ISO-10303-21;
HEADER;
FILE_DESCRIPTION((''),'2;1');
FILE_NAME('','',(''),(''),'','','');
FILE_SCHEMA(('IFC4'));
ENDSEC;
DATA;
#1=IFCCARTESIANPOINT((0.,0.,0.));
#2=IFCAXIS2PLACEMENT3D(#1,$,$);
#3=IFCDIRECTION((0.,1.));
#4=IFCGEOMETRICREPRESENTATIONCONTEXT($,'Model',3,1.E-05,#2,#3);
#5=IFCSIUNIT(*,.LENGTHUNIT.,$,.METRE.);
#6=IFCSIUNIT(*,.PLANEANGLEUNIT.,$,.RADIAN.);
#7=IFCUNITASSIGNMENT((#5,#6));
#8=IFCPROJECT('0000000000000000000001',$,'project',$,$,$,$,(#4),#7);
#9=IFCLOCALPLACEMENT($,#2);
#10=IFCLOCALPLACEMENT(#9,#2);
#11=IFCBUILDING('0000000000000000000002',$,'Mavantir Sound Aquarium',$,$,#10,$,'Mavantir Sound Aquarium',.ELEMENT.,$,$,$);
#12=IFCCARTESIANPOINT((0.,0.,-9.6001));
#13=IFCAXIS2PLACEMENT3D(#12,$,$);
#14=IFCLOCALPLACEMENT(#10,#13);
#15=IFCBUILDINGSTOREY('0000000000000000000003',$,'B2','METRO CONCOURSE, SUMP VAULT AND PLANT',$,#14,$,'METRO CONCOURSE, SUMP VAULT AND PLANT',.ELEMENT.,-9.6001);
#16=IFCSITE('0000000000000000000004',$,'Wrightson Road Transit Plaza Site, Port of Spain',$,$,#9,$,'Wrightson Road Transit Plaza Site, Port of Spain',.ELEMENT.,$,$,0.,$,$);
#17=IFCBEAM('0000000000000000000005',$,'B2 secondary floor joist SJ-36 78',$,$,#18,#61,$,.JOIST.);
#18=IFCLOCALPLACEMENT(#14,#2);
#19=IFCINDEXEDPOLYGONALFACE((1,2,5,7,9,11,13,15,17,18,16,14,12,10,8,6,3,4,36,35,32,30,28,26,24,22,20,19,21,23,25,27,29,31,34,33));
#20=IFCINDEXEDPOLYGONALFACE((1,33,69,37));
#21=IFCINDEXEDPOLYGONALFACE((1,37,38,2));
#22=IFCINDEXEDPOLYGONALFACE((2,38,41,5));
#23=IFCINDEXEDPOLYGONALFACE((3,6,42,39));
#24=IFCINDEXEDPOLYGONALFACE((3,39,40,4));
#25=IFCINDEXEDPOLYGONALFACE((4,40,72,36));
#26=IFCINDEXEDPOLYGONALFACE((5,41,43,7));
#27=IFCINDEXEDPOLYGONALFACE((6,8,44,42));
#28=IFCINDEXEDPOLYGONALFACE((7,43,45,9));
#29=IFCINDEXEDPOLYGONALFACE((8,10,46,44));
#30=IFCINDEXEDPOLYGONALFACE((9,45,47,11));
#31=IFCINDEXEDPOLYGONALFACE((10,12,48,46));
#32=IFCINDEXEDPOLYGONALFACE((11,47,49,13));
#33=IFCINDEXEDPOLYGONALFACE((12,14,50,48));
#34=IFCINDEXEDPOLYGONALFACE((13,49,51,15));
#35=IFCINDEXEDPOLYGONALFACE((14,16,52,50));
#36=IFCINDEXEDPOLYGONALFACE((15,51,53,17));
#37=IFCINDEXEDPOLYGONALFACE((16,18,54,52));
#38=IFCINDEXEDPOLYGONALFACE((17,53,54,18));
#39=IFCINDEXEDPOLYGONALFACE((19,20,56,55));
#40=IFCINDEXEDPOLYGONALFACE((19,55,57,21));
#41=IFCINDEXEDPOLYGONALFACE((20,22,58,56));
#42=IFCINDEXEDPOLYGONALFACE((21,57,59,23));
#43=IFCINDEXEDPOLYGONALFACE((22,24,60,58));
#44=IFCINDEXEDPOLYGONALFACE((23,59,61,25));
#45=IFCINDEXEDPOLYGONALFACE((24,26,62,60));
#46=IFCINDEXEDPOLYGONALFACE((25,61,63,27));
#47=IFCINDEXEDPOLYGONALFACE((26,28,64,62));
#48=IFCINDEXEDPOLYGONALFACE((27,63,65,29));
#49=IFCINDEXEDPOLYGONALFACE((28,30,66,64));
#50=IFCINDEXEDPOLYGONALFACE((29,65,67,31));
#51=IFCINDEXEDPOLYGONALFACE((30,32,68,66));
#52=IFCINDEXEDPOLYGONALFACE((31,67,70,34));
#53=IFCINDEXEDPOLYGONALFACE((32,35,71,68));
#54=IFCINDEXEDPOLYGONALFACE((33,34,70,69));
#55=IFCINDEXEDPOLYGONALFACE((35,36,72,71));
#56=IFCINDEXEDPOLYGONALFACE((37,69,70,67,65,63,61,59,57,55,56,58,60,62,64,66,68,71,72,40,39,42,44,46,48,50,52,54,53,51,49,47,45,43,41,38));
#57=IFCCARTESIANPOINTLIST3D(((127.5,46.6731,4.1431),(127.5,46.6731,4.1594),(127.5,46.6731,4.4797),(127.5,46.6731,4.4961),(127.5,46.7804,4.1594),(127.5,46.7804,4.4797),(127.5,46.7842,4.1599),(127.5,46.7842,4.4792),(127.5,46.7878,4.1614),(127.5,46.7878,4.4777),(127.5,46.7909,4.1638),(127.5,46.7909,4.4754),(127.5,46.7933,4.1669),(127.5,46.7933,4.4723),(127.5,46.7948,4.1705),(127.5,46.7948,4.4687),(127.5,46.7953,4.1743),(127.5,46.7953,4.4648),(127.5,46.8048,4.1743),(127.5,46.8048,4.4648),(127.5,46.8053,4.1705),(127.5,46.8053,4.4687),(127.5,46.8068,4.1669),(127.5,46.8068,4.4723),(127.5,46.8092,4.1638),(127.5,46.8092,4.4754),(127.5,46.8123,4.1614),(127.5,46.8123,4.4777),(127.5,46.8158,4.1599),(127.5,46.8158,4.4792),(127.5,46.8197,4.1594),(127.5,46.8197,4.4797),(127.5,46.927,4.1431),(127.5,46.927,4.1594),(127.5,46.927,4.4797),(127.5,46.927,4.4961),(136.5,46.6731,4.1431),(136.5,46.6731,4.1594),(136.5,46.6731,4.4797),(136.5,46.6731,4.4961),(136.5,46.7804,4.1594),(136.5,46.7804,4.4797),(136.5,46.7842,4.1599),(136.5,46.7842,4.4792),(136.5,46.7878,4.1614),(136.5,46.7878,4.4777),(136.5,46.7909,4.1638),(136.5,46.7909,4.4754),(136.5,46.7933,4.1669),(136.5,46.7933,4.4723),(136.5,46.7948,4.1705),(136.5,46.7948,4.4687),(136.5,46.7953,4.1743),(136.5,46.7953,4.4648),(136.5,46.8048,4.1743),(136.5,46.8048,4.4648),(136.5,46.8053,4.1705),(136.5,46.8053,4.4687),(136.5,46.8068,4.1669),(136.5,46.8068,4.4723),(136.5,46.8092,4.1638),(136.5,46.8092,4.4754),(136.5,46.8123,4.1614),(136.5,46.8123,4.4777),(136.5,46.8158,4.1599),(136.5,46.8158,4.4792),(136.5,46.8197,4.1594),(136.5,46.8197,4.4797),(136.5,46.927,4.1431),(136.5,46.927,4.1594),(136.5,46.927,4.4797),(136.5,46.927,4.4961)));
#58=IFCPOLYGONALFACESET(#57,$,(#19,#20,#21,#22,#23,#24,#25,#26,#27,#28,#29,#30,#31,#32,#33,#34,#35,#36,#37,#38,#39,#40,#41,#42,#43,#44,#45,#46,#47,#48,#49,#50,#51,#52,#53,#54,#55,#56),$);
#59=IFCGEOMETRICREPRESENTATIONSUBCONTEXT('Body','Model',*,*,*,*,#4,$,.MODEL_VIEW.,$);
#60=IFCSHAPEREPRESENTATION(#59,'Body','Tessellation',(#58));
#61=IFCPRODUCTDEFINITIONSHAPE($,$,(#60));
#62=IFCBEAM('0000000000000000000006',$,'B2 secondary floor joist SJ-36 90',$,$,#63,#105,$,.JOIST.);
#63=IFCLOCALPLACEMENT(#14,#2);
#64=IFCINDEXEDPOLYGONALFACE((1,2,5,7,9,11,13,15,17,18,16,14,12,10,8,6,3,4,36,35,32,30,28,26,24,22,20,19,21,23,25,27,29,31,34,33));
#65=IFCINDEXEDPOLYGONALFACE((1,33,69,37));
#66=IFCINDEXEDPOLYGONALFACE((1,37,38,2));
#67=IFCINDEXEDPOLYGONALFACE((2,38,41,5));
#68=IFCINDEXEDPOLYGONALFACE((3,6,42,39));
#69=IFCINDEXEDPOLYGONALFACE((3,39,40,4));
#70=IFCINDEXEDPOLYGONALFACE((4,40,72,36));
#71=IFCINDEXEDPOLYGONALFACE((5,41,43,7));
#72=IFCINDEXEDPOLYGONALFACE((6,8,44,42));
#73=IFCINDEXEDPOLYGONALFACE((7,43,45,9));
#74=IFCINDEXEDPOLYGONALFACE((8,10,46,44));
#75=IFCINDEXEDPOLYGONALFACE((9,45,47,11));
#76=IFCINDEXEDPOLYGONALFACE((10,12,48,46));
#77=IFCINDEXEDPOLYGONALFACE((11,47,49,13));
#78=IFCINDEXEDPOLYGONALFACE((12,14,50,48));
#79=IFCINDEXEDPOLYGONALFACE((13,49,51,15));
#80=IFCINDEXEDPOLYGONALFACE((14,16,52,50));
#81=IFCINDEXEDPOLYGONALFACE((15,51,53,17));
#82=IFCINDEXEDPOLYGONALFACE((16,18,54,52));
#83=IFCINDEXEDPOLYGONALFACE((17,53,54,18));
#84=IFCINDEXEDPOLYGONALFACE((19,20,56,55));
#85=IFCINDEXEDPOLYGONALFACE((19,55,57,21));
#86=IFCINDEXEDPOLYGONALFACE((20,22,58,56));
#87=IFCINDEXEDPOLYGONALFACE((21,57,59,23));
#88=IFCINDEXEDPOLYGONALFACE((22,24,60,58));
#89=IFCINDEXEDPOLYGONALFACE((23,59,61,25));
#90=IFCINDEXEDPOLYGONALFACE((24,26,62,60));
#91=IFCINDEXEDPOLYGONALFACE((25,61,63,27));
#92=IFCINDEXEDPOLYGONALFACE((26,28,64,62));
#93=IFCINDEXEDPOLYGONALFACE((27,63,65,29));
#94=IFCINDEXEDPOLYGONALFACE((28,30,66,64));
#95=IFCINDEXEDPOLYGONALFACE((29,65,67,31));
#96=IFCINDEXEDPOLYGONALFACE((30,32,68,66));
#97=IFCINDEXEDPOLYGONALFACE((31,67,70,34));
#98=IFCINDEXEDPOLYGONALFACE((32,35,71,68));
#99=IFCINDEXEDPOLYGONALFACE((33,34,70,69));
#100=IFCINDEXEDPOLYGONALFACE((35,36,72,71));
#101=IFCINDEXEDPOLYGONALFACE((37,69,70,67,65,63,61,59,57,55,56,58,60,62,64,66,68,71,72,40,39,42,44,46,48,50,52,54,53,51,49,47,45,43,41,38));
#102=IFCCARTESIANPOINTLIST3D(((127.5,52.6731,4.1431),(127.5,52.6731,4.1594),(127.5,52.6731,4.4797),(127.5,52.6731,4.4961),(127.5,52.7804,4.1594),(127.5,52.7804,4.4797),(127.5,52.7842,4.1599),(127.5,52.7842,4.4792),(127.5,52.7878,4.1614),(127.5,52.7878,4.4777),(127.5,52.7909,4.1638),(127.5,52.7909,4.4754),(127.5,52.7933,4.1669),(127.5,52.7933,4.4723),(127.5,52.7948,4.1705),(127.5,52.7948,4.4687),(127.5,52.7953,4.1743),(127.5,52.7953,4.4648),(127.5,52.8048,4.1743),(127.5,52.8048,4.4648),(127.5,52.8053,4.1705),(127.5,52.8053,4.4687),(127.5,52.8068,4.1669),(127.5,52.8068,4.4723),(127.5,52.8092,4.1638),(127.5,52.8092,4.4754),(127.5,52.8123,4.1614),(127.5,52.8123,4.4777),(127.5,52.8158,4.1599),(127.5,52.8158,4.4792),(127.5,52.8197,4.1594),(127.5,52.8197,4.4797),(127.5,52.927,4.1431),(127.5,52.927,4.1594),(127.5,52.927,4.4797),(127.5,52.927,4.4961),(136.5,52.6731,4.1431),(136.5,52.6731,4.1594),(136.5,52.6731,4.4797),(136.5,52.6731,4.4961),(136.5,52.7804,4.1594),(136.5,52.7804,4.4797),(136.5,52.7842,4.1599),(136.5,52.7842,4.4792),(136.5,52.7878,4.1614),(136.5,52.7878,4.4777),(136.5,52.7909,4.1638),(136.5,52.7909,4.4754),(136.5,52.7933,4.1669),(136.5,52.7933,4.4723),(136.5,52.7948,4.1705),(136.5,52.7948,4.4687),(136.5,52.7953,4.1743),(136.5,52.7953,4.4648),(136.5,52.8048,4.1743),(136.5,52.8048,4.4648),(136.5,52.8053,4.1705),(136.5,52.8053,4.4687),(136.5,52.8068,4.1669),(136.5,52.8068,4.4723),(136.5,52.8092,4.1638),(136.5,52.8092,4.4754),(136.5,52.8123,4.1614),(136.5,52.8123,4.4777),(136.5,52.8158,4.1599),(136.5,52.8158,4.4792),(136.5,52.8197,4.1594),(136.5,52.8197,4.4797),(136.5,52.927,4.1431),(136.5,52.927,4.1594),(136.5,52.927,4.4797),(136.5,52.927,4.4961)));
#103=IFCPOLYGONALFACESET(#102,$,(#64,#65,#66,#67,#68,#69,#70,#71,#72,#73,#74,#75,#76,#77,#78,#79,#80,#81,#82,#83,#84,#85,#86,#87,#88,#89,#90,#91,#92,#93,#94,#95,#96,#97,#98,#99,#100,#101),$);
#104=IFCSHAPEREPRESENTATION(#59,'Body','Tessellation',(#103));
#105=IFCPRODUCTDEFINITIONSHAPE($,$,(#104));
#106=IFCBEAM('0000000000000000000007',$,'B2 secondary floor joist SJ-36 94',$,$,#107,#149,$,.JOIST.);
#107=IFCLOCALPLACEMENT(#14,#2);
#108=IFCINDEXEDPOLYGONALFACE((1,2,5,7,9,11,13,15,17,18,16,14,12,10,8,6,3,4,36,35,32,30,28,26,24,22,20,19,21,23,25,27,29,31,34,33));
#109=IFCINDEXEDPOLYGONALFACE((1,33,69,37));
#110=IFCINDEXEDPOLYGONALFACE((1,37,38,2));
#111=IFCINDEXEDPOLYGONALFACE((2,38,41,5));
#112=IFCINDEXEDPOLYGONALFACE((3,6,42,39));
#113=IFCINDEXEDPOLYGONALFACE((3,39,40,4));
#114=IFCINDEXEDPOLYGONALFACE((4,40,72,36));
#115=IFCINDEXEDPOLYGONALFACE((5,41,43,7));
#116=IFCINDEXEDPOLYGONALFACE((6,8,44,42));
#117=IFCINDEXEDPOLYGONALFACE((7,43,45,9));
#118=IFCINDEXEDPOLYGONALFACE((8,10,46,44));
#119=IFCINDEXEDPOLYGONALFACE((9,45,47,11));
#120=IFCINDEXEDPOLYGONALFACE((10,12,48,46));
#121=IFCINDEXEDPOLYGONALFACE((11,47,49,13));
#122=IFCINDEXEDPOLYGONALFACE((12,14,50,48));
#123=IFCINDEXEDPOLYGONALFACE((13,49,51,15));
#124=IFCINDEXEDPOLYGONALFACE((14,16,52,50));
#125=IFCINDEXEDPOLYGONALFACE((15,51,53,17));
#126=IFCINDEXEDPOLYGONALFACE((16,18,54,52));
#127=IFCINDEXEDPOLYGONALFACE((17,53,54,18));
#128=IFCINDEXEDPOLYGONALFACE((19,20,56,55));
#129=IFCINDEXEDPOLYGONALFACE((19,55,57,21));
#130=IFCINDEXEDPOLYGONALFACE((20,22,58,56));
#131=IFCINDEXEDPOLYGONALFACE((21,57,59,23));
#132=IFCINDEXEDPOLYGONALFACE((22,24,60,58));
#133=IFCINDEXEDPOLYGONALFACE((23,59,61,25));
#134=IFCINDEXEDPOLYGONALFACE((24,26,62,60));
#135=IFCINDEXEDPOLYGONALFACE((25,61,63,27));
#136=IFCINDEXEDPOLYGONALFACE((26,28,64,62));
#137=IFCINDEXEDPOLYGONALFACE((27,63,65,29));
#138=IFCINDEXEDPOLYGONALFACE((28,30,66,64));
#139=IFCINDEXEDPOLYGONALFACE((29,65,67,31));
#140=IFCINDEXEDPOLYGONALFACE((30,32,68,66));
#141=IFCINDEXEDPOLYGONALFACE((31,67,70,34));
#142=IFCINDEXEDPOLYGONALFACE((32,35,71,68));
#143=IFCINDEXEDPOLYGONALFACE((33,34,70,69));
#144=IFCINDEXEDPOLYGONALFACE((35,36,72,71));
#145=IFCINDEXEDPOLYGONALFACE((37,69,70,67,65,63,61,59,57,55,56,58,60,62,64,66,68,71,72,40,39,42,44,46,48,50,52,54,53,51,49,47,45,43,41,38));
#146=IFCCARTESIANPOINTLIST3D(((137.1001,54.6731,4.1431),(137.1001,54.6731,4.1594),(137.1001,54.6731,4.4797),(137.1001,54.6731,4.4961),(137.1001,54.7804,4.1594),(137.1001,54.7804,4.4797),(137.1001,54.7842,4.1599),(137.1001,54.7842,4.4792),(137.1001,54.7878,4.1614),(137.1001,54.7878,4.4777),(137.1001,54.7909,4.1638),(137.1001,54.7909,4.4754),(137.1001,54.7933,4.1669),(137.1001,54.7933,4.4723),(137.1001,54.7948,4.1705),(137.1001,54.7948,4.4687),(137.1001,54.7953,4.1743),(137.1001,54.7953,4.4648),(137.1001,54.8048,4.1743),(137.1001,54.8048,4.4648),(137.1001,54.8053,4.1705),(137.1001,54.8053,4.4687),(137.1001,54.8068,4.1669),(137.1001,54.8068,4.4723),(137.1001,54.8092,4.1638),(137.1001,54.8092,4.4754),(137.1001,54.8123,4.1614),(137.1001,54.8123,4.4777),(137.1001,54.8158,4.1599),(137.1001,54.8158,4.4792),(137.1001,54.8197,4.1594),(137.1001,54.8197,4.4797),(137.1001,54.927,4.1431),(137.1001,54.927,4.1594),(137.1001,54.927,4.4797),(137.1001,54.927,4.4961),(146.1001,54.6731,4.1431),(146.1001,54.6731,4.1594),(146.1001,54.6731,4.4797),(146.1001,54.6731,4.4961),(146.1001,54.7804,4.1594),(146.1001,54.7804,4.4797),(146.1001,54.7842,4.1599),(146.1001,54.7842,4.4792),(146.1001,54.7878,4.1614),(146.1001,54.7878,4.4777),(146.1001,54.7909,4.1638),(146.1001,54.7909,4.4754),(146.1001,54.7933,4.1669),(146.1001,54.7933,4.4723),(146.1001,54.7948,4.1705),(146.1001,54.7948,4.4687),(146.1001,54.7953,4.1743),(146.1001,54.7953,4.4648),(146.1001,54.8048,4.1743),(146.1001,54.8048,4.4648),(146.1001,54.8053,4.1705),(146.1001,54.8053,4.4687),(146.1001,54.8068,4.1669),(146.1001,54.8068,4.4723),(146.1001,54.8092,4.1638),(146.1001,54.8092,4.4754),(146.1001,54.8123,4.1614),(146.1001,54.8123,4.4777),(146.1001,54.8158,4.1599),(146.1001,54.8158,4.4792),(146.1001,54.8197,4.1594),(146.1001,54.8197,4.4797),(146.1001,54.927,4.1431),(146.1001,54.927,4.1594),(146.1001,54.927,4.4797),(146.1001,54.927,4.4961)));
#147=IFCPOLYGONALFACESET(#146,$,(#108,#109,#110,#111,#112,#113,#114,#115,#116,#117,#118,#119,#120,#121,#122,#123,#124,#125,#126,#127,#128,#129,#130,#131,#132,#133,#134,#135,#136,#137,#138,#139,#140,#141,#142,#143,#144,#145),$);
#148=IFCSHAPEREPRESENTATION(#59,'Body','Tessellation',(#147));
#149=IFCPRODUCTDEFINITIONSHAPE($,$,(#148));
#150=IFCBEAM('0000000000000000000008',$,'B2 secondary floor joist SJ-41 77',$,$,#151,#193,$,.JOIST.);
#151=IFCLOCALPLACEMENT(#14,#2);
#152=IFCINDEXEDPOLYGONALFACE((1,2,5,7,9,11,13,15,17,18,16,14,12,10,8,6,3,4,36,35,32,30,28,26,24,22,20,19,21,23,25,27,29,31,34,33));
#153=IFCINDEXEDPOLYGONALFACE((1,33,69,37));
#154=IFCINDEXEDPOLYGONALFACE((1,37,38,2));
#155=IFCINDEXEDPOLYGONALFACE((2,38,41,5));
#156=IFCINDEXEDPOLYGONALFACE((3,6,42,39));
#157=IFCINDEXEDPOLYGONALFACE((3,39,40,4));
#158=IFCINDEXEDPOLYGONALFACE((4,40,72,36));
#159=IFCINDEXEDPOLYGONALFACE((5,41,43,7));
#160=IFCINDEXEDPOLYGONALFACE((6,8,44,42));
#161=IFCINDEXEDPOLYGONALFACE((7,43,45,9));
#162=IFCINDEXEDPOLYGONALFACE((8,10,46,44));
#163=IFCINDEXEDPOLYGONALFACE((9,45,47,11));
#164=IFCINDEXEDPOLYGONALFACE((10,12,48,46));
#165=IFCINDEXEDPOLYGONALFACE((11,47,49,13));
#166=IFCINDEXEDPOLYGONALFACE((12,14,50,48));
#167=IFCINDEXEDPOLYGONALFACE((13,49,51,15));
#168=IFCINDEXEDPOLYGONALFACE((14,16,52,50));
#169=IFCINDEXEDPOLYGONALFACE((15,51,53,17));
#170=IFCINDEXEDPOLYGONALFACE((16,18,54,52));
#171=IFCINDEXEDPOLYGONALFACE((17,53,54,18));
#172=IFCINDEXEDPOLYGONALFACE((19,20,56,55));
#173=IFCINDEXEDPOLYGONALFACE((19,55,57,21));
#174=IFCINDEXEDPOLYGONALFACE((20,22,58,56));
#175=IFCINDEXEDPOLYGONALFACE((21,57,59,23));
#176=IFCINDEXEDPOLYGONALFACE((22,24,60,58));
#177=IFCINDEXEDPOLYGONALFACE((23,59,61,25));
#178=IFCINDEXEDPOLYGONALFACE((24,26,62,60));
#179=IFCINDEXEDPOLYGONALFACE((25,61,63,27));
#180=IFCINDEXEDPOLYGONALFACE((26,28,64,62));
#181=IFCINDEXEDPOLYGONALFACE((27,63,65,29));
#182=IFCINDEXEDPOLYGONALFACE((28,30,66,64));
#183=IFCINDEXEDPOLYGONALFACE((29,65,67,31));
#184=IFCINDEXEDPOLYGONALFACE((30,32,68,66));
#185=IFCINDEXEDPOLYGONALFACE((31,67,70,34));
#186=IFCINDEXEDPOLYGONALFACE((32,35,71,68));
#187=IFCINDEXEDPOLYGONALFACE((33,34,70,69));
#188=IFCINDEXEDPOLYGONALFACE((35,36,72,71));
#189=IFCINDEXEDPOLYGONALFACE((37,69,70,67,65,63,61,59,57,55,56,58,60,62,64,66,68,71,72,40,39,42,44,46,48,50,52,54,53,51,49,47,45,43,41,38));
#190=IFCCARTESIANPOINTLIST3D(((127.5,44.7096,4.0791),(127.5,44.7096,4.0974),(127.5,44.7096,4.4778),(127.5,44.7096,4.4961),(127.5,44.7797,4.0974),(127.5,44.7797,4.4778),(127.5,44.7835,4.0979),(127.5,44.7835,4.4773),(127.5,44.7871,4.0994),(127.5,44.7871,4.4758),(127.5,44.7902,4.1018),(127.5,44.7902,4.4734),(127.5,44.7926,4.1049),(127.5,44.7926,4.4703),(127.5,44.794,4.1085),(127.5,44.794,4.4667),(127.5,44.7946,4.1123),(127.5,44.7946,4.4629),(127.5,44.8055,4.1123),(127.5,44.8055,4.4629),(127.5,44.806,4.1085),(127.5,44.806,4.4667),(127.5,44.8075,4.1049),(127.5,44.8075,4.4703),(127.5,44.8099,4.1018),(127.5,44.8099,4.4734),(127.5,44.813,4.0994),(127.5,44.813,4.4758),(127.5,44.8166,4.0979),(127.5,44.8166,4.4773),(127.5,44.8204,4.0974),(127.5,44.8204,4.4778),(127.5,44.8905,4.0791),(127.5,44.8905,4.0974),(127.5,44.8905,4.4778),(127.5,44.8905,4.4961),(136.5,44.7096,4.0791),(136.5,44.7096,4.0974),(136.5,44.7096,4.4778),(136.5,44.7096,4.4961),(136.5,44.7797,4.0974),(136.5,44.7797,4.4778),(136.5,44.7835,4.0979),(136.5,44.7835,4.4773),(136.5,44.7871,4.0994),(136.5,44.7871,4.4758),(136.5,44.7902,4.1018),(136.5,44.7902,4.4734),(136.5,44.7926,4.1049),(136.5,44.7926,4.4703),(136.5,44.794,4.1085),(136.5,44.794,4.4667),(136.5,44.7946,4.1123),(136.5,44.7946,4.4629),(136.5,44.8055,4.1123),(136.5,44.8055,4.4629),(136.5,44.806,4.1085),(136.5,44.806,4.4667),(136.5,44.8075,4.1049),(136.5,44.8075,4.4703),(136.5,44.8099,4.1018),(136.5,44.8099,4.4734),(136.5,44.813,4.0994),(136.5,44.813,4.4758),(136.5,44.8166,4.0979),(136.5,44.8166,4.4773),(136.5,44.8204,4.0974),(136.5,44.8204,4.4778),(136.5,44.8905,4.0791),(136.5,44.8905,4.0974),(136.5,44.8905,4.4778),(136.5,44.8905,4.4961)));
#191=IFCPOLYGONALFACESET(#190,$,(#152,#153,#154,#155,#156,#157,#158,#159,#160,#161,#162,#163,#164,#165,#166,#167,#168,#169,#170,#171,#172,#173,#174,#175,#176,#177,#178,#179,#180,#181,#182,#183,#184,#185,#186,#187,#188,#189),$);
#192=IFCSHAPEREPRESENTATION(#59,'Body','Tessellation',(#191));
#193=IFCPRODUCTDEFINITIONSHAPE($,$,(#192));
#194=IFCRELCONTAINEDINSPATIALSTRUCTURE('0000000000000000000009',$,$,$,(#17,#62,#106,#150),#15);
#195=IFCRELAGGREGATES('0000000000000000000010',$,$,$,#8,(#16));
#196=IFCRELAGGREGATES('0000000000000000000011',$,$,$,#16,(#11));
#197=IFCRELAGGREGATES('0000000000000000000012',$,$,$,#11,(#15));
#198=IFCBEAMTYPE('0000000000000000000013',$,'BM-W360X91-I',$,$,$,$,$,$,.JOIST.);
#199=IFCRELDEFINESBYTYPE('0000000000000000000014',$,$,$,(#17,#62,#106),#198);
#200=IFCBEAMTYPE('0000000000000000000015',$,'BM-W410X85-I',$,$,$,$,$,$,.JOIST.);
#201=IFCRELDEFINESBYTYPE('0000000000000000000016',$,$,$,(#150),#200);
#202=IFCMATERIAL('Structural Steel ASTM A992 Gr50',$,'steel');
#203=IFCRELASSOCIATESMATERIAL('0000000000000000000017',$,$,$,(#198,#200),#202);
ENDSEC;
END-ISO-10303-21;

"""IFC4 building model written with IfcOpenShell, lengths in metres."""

from ifc_helpers import new_model, si_unit, direction, frame, origin, origin_2d, place, context, subcontext, project, spatial, i_section, extrude, material, material_profile, profile_set, type_object, element, save


model = new_model("IFC4")

# Units and contexts
model_context = context("Model", 3, precision=1e-05, world=origin(), true_north=direction((0.0, 1.0)))
body_context = subcontext(model_context, "Body", "Model", "MODEL_VIEW")
ifc_project = project(units=[si_unit("LENGTHUNIT", "METRE"), si_unit("PLANEANGLEUNIT", "RADIAN")], contexts=[model_context])

# Site, building, storey
site_placement = place(None, origin())
site = spatial("IfcSite", under=ifc_project, at=site_placement, Name="Wrightson Road Transit Plaza Site, Port of Spain", LongName="Wrightson Road Transit Plaza Site, Port of Spain", CompositionType="ELEMENT", RefElevation=0.0)
building_placement = place(site_placement, origin())
building = spatial("IfcBuilding", under=site, at=building_placement, Name="Mavantir Sound Aquarium", LongName="Mavantir Sound Aquarium", CompositionType="ELEMENT")
storey_placement = place(building_placement, frame((0.0, 0.0, -9.6001)))
storey = spatial("IfcBuildingStorey", under=building, at=storey_placement, Name="B2", Description="METRO CONCOURSE, SUMP VAULT AND PLANT", LongName="METRO CONCOURSE, SUMP VAULT AND PLANT", CompositionType="ELEMENT", Elevation=-9.6001)

# Beams
ifc_material_1 = material(Name="Structural Steel ASTM A992 Gr50", Category="steel")
ifc_material_profile_1 = material_profile(ifc_material_1, i_section(OverallWidth=0.2539, OverallDepth=0.353, WebThickness=0.0095, FlangeThickness=0.0164, FilletRadius=0.0149, at=origin_2d()), Name="W360X91")
ifc_profile_set_1 = profile_set([ifc_material_profile_1], Name="Structural Steel ASTM A992 Gr50")
beam_type_1 = type_object("IfcBeamType", Name="BM-W360X91-I", PredefinedType="JOIST", material=ifc_profile_set_1)
for number, where, z_axis, x_axis, name in (
    (1, (127.5, 46.8, 4.3196), (1.0, 0.0, 0.0), (0.0, 1.0, 0.0), "B2 secondary floor joist SJ-36 78"),
    (2, (127.5, 52.8, 4.3196), (1.0, 0.0, 0.0), (0.0, 1.0, 0.0), "B2 secondary floor joist SJ-36 90"),
    (3, (137.1001, 54.8, 4.3196), (1.0, 0.0, 0.0), (0.0, 1.0, 0.0), "B2 secondary floor joist SJ-36 94"),
):
    element("IfcBeam", number, at=place(storey_placement, frame(where, z_axis=z_axis, x_axis=x_axis)), inside=storey, type_object=beam_type_1, Name=name, PredefinedType="JOIST", context=body_context, shape_type="SweptSolid", body=[
        extrude(i_section(OverallWidth=0.2539, OverallDepth=0.353, WebThickness=0.0095, FlangeThickness=0.0164, FilletRadius=0.0149, at=origin_2d()), origin(), (0.0, 0.0, 1.0), 9.0),
    ])
ifc_material_profile_2 = material_profile(ifc_material_1, i_section(OverallWidth=0.1809, OverallDepth=0.417, WebThickness=0.011, FlangeThickness=0.0183, FilletRadius=0.0149, at=origin_2d()), Name="W410X85")
ifc_profile_set_2 = profile_set([ifc_material_profile_2], Name="Structural Steel ASTM A992 Gr50")
beam_type_2 = type_object("IfcBeamType", Name="BM-W410X85-I", PredefinedType="JOIST", material=ifc_profile_set_2)
for number, where, z_axis, x_axis, name in (
    (4, (127.5, 44.8, 4.2876), (1.0, 0.0, 0.0), (0.0, 1.0, 0.0), "B2 secondary floor joist SJ-41 77"),
):
    element("IfcBeam", number, at=place(storey_placement, frame(where, z_axis=z_axis, x_axis=x_axis)), inside=storey, type_object=beam_type_2, Name=name, PredefinedType="JOIST", context=body_context, shape_type="SweptSolid", body=[
        extrude(i_section(OverallWidth=0.1809, OverallDepth=0.417, WebThickness=0.011, FlangeThickness=0.0183, FilletRadius=0.0149, at=origin_2d()), origin(), (0.0, 0.0, 1.0), 9.0),
    ])

save(model, "model.ifc")
